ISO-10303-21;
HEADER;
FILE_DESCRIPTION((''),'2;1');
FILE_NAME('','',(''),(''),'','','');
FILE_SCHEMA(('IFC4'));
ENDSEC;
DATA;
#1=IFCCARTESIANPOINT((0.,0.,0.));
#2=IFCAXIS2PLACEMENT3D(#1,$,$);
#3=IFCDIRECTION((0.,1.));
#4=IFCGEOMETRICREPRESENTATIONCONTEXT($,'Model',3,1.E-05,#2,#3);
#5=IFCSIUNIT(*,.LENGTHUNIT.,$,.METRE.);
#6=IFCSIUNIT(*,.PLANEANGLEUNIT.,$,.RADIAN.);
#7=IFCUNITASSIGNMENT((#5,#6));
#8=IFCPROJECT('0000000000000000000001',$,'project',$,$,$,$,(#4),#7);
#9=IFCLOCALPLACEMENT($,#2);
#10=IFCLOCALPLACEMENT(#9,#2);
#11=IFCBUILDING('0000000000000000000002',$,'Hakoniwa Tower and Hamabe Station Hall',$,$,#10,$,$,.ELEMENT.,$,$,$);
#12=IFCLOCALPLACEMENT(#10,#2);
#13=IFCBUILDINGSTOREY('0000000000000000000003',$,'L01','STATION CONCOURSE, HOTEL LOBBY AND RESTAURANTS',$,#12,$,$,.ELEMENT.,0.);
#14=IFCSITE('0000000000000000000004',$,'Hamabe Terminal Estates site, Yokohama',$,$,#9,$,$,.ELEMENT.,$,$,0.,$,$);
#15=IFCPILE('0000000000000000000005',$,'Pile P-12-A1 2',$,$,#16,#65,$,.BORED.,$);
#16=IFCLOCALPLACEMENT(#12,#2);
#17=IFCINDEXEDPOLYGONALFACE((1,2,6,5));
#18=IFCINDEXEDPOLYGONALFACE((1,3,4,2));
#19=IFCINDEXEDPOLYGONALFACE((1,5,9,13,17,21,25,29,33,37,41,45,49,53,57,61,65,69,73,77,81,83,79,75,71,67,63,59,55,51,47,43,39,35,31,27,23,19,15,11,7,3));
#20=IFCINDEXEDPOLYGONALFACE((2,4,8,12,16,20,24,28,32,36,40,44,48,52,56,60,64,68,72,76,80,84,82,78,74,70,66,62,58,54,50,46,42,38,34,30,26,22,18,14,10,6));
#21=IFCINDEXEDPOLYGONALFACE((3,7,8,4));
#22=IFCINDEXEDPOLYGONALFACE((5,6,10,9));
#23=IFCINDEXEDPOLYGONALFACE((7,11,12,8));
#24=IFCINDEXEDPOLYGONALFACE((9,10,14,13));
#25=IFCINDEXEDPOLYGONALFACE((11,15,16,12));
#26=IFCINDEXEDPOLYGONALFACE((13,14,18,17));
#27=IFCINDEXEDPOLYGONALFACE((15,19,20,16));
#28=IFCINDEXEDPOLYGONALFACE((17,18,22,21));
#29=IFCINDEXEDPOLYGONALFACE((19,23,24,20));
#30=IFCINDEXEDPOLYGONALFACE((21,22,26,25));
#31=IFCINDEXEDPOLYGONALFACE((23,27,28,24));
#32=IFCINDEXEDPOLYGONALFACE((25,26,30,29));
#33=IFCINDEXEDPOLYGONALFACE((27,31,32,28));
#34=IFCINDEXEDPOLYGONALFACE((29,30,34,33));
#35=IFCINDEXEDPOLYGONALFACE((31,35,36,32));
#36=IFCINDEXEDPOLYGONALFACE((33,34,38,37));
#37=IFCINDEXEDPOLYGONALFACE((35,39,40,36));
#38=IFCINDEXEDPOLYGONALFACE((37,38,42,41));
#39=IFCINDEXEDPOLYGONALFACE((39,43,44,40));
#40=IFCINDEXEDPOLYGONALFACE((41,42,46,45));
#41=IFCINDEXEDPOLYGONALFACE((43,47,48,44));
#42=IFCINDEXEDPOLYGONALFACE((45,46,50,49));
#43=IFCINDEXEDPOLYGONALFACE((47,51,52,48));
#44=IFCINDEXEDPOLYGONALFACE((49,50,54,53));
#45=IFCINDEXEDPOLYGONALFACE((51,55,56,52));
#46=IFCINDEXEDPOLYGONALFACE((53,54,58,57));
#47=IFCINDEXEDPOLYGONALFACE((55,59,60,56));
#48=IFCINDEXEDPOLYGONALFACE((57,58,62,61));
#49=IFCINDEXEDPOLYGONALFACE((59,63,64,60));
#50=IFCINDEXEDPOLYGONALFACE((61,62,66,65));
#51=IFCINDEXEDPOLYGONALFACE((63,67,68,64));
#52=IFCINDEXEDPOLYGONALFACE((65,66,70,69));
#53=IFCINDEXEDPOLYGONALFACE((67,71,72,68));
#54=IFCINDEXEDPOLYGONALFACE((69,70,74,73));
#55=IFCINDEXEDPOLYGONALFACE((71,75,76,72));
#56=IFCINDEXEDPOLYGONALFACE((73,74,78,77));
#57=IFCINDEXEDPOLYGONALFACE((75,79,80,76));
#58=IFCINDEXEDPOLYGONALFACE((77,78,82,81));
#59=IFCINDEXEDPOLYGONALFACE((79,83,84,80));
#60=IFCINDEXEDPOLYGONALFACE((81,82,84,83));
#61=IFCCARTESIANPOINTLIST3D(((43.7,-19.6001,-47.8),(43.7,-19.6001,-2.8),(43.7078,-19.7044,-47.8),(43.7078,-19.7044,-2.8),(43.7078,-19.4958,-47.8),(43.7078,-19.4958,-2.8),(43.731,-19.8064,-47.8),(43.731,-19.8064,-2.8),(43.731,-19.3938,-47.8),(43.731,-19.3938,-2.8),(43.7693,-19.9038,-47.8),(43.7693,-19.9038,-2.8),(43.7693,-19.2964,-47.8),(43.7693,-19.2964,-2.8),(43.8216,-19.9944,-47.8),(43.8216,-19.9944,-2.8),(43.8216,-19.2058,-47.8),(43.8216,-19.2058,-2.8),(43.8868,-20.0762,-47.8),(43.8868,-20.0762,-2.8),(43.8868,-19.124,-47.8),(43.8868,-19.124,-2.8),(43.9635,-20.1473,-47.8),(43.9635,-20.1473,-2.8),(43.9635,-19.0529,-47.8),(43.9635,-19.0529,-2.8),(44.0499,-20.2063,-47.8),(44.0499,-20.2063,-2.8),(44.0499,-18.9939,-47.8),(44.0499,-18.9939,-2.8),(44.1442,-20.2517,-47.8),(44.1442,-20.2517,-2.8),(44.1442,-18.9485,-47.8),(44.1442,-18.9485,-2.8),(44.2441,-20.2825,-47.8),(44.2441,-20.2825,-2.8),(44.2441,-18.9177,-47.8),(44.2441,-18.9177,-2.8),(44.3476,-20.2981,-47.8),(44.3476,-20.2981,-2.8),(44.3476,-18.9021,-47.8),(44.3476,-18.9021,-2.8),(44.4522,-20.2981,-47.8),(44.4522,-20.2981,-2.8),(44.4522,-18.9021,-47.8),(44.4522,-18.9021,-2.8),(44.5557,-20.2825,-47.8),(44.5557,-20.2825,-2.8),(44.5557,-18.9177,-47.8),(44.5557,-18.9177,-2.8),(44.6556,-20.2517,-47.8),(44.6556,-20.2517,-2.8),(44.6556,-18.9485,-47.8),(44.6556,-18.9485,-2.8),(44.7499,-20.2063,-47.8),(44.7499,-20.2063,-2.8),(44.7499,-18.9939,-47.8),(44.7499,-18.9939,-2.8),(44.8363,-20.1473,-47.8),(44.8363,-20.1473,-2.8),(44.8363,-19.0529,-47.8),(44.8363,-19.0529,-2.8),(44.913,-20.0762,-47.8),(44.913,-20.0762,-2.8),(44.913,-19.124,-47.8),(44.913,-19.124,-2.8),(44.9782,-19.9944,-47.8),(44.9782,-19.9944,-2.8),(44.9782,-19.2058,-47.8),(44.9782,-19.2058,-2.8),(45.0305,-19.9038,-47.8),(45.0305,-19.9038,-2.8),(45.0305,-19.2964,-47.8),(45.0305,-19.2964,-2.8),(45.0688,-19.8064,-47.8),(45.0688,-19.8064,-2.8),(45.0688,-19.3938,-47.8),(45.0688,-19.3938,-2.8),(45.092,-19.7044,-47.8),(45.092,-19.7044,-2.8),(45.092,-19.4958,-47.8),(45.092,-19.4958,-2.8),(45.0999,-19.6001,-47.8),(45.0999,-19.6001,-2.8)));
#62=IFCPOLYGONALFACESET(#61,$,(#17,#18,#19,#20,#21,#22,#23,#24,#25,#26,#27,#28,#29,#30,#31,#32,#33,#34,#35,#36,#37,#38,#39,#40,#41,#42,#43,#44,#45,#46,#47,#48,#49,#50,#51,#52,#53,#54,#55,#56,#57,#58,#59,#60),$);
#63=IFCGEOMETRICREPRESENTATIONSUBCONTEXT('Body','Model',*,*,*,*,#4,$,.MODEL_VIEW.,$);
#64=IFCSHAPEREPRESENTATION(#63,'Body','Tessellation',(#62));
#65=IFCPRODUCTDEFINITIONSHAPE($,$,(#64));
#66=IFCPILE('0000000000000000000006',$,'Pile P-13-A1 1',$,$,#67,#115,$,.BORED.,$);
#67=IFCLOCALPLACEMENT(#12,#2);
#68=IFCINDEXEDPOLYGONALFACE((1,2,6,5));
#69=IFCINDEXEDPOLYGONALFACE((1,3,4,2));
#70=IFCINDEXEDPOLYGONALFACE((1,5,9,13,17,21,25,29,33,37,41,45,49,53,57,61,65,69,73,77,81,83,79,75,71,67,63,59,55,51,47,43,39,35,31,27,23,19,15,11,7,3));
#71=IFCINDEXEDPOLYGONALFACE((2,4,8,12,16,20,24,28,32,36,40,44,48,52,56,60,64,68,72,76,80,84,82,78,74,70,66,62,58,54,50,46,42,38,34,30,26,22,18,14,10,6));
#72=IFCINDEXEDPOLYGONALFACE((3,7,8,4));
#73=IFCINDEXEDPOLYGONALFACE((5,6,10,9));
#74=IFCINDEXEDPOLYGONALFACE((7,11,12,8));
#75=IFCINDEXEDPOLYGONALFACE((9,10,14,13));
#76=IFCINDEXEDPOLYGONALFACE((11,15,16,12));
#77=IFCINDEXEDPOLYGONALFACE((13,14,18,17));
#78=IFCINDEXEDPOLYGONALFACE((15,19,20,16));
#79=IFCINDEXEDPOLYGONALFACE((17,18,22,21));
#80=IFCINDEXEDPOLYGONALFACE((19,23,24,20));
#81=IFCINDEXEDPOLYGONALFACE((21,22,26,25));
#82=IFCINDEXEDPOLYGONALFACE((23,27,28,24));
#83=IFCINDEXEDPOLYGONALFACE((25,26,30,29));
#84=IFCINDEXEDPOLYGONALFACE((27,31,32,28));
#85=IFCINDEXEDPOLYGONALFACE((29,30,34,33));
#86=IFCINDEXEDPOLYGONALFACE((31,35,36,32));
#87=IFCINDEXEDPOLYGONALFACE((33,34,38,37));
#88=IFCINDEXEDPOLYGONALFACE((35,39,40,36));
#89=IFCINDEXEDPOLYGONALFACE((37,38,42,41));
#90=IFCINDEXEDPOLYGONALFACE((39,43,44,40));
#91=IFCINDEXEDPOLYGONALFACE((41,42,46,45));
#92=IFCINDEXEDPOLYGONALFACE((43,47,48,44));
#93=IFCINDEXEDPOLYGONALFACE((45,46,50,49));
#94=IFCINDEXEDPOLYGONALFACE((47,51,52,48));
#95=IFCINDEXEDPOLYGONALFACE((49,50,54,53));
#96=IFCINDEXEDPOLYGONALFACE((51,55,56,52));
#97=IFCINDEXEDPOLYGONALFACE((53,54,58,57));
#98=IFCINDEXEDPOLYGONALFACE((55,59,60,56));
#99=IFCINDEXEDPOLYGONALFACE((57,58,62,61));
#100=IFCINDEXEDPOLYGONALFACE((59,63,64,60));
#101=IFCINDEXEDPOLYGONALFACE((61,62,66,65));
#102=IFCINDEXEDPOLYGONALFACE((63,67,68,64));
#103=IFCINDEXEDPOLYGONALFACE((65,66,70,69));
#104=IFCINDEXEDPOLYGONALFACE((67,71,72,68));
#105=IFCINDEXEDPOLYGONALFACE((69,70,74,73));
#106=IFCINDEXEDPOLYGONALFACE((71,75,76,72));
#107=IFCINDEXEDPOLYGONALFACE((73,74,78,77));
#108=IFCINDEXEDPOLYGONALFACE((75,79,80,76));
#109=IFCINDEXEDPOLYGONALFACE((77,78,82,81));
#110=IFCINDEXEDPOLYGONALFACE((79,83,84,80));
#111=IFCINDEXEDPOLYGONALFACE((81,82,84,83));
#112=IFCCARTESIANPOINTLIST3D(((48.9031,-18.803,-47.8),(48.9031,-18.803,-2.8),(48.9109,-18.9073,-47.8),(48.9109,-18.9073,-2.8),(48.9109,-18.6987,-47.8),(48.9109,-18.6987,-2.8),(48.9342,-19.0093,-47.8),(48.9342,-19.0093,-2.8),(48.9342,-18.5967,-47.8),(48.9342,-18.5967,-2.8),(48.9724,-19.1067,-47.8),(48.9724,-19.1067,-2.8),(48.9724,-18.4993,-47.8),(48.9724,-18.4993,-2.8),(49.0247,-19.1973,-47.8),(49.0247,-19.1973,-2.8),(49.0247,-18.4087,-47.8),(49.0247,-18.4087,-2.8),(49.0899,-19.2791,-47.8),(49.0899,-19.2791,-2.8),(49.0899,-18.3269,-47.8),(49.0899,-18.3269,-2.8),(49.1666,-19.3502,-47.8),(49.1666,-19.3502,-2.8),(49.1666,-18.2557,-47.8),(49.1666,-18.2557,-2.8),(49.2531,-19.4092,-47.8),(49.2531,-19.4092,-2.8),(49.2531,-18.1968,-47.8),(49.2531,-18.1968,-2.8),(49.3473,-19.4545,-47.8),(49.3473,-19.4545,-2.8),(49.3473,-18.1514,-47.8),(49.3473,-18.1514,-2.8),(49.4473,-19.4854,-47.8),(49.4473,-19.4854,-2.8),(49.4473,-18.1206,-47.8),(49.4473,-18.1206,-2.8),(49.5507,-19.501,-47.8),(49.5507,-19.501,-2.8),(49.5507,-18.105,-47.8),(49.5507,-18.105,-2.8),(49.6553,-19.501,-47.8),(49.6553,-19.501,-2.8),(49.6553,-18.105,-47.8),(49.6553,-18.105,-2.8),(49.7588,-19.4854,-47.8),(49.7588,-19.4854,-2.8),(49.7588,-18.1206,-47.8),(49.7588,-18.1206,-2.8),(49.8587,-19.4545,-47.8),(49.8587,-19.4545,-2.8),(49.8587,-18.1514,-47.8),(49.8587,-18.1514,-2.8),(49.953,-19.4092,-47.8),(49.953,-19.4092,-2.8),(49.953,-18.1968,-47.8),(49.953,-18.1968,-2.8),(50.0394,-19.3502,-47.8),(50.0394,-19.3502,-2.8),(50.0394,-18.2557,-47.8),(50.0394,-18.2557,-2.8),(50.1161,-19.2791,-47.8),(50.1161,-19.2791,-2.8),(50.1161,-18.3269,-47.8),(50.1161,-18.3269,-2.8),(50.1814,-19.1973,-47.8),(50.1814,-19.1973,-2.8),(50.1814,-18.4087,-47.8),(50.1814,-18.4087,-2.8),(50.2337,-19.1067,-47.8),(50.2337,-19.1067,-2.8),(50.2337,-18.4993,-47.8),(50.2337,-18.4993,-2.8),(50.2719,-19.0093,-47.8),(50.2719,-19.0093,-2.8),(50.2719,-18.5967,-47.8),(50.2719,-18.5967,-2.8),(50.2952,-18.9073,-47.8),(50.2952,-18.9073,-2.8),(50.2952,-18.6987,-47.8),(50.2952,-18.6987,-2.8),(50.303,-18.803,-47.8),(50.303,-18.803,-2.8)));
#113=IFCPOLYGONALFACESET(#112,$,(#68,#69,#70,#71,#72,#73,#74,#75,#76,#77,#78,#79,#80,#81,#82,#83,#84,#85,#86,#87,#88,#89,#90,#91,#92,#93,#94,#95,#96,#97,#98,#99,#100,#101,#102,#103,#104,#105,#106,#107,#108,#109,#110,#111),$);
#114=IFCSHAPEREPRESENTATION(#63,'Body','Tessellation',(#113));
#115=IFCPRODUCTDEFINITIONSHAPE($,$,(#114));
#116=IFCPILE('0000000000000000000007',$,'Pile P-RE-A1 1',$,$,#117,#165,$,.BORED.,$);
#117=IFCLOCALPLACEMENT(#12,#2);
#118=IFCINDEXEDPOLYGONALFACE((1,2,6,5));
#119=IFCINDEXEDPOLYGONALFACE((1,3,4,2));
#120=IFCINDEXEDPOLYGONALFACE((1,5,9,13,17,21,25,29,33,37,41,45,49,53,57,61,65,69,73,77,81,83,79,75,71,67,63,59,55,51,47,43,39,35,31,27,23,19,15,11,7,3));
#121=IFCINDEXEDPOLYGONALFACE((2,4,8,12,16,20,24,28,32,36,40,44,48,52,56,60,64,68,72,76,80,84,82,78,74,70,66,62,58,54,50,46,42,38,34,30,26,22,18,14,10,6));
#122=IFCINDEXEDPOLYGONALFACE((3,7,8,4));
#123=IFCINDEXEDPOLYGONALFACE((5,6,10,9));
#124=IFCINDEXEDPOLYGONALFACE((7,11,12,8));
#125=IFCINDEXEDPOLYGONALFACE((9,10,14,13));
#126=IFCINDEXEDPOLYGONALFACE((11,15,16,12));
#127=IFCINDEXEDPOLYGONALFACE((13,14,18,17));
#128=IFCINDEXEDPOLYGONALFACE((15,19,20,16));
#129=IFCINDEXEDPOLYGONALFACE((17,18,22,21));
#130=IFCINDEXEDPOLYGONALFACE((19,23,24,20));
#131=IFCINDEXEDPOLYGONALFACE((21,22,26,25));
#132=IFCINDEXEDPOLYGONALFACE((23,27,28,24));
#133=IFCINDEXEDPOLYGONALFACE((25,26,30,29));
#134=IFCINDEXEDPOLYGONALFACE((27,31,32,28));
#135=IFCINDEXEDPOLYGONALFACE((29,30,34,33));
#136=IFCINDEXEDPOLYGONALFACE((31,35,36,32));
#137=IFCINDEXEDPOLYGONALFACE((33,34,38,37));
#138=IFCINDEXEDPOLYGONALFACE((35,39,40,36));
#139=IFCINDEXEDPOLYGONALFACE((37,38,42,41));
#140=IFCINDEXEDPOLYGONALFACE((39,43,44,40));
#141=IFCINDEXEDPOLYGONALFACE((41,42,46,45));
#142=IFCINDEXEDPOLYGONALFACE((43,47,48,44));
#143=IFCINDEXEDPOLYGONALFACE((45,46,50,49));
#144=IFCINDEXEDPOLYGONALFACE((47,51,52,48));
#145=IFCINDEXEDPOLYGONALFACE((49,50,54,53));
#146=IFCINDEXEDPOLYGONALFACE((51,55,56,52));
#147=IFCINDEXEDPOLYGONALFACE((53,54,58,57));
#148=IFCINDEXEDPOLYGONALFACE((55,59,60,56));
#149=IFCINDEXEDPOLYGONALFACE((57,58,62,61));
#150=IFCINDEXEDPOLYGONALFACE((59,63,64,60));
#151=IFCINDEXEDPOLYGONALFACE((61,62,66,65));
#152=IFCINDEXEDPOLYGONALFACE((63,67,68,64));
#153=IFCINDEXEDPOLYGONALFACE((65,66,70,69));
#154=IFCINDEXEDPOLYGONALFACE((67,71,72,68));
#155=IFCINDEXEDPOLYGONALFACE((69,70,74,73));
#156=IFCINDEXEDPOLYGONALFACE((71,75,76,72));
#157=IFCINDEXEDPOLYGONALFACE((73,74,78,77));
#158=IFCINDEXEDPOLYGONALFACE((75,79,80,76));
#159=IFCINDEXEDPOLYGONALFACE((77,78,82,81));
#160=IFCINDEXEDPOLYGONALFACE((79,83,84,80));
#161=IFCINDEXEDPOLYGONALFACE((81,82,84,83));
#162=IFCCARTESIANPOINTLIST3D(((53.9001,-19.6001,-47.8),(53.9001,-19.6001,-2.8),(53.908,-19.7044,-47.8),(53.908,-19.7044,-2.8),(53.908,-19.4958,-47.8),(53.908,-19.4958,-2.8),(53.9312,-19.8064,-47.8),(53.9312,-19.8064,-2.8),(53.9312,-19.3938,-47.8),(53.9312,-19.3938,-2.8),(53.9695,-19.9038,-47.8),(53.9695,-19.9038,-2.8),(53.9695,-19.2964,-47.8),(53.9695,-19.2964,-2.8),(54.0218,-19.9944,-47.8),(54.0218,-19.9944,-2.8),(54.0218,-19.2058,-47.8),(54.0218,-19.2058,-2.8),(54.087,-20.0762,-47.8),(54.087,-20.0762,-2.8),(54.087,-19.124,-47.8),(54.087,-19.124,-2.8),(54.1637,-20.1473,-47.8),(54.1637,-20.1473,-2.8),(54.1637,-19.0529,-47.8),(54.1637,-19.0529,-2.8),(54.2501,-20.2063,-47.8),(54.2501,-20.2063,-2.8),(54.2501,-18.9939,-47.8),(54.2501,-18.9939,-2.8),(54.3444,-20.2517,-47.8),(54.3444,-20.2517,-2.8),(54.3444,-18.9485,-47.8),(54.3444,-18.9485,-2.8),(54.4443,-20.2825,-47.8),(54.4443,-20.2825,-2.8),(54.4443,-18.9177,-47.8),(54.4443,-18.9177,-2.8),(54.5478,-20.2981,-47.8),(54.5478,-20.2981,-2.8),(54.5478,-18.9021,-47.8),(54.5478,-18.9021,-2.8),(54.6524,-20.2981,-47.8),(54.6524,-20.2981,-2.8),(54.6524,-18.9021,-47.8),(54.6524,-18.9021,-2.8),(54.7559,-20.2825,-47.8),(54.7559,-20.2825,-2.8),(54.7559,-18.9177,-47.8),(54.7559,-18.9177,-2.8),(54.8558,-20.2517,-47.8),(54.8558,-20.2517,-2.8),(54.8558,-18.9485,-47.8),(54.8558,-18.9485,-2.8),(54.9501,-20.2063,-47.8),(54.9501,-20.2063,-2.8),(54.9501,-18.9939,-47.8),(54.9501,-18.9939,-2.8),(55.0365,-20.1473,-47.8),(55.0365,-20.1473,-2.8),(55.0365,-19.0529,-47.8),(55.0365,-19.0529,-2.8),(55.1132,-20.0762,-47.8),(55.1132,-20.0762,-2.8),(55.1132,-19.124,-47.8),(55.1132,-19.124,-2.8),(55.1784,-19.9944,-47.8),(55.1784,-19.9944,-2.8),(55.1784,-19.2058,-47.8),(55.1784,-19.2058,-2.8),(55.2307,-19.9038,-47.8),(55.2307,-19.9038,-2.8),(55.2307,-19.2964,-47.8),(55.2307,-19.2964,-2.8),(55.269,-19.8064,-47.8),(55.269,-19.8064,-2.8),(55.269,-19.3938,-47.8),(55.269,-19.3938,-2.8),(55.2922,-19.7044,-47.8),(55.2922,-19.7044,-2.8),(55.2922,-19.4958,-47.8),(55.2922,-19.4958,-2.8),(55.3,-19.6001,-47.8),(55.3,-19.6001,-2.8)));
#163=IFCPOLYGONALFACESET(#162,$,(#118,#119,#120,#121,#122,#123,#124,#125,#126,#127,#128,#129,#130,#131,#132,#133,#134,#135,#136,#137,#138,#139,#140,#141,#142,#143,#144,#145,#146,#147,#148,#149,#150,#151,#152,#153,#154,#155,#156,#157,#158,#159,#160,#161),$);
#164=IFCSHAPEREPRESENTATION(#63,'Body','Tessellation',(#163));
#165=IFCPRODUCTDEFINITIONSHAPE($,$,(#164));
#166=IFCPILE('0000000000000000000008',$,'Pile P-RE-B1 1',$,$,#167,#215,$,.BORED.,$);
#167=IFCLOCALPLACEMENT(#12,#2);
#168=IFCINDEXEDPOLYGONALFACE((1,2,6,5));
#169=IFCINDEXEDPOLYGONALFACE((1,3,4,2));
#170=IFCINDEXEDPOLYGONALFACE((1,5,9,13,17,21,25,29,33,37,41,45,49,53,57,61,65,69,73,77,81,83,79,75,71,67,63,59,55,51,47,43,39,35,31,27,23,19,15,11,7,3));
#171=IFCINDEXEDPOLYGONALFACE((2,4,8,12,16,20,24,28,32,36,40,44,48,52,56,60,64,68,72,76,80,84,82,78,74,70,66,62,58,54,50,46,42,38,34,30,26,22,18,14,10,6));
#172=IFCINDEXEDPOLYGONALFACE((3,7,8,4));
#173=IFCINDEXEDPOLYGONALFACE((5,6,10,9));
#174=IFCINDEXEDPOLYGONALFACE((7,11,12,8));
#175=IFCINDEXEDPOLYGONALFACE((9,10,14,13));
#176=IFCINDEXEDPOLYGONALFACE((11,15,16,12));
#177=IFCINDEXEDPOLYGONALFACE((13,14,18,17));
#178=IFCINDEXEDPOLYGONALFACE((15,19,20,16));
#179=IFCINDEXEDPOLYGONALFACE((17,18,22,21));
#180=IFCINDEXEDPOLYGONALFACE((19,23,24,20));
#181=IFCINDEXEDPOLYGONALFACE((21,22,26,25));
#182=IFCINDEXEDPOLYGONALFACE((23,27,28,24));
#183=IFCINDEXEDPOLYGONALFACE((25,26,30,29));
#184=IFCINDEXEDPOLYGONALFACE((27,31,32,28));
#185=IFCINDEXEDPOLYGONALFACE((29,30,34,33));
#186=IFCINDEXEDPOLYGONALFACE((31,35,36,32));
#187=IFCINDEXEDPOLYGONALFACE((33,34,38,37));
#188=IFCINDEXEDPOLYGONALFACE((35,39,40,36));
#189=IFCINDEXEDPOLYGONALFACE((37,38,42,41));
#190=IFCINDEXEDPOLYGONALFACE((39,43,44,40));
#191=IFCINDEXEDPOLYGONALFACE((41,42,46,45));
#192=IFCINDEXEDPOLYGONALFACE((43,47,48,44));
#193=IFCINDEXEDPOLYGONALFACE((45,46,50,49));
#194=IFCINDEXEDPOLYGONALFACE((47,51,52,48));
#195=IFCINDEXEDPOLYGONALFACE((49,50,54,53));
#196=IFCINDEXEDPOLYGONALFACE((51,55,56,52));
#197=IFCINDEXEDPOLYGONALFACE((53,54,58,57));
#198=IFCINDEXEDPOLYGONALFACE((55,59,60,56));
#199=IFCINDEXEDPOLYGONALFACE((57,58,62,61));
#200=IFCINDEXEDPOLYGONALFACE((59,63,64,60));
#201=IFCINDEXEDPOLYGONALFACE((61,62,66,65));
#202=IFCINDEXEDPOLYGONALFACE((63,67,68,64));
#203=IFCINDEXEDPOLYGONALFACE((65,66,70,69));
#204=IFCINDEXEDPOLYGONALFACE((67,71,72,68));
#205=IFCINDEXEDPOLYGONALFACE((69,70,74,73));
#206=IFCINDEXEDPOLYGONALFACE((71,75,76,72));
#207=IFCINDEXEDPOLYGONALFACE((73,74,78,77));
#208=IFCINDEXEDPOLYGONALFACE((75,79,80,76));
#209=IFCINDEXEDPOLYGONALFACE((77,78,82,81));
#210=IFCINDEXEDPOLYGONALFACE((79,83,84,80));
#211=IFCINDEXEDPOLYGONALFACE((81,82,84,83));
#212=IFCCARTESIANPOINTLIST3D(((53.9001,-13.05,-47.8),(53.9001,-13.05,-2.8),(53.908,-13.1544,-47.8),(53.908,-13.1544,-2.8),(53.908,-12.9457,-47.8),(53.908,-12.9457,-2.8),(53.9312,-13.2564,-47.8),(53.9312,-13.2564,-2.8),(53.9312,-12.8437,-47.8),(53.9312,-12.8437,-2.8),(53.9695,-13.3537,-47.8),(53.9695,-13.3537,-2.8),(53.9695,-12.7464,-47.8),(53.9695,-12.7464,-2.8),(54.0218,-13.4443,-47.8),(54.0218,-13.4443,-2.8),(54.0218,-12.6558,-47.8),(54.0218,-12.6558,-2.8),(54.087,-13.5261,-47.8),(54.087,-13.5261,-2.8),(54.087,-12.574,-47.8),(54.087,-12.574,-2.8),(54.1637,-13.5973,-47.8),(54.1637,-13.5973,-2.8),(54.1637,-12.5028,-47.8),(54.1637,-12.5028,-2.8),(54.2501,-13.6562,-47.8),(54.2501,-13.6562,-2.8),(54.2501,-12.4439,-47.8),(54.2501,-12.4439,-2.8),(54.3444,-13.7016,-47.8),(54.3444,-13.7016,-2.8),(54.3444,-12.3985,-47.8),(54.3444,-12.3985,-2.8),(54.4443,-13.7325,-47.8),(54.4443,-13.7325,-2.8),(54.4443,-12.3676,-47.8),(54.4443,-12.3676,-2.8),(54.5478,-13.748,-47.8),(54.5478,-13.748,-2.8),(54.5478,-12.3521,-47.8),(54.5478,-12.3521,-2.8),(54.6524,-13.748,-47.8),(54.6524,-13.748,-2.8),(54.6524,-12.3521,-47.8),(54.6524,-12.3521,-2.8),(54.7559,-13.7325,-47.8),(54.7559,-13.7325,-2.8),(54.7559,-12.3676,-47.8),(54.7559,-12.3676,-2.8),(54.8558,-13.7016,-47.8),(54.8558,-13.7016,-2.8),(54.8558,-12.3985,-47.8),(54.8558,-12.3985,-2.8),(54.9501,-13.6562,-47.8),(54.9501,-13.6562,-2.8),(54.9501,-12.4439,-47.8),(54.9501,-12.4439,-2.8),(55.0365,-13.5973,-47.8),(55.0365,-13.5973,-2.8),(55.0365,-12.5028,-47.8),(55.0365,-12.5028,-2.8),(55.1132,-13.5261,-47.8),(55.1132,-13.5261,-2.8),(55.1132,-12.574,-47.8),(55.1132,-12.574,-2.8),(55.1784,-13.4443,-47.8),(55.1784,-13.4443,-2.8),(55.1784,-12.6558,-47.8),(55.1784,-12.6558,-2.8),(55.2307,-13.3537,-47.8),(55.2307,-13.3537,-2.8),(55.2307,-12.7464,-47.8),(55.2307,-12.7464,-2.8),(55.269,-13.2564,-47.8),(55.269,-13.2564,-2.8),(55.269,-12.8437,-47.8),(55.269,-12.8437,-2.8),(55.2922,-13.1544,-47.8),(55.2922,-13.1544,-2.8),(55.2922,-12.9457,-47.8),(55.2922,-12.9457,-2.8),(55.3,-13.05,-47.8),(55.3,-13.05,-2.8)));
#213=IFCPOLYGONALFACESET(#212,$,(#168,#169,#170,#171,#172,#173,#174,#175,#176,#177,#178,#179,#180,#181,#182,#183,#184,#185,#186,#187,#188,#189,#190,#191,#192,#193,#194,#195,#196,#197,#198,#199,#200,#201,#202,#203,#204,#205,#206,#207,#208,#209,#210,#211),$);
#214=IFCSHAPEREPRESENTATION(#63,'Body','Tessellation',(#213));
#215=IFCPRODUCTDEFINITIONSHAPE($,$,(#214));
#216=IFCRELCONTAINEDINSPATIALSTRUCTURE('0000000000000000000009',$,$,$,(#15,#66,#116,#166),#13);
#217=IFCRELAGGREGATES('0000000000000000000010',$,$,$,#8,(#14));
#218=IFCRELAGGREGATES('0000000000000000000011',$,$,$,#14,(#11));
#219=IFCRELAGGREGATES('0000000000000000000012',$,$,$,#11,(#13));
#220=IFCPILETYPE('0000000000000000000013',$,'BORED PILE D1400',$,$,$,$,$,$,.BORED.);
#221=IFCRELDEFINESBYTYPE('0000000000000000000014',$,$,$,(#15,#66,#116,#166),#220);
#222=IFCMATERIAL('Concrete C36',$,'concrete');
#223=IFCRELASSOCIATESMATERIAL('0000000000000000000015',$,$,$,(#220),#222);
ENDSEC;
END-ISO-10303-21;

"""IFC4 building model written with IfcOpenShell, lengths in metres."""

from ifc_helpers import new_model, si_unit, direction, frame, origin, origin_2d, place, context, subcontext, project, spatial, circle, extrude, material, material_profile, profile_set, type_object, element, save


model = new_model("IFC4")

# Units and contexts
model_context = context("Model", 3, precision=1e-05, world=origin(), true_north=direction((0.0, 1.0)))
body_context = subcontext(model_context, "Body", "Model", "MODEL_VIEW")
ifc_project = project(units=[si_unit("LENGTHUNIT", "METRE"), si_unit("PLANEANGLEUNIT", "RADIAN")], contexts=[model_context])

# Site, building, storey
site_placement = place(None, origin())
site = spatial("IfcSite", under=ifc_project, at=site_placement, Name="Hamabe Terminal Estates site, Yokohama", CompositionType="ELEMENT", RefElevation=0.0)
building_placement = place(site_placement, origin())
building = spatial("IfcBuilding", under=site, at=building_placement, Name="Hakoniwa Tower and Hamabe Station Hall", CompositionType="ELEMENT")
storey_placement = place(building_placement, origin())
storey = spatial("IfcBuildingStorey", under=building, at=storey_placement, Name="L01", Description="STATION CONCOURSE, HOTEL LOBBY AND RESTAURANTS", CompositionType="ELEMENT", Elevation=0.0)

# Piles
ifc_material_1 = material(Name="Concrete C36", Category="concrete")
ifc_material_profile_1 = material_profile(ifc_material_1, circle(Radius=0.7, at=origin_2d()), Name="BORED PILE D1400")
ifc_profile_set_1 = profile_set([ifc_material_profile_1], Name="Concrete C36")
pile_type = type_object("IfcPileType", Name="BORED PILE D1400", PredefinedType="BORED", material=ifc_profile_set_1)
for number, where, z_axis, x_axis, name in (
    (1, (44.3999, -19.6001, -2.8), (0.0, 0.0, -1.0), (1.0, 0.0, 0.0), "Pile P-12-A1 2"),
    (2, (49.603, -18.803, -2.8), (0.0, 0.0, -1.0), (1.0, 0.0, 0.0), "Pile P-13-A1 1"),
    (3, (54.6001, -19.6001, -2.8), (0.0, 0.0, -1.0), (1.0, 0.0, 0.0), "Pile P-RE-A1 1"),
    (4, (54.6001, -13.05, -2.8), (0.0, 0.0, -1.0), (1.0, 0.0, 0.0), "Pile P-RE-B1 1"),
):
    element("IfcPile", number, at=place(storey_placement, frame(where, z_axis=z_axis, x_axis=x_axis)), inside=storey, type_object=pile_type, Name=name, PredefinedType="BORED", context=body_context, shape_type="SweptSolid", body=[
        extrude(circle(Radius=0.7, at=origin_2d()), origin(), (0.0, 0.0, 1.0), 45.0),
    ])

save(model, "model.ifc")
